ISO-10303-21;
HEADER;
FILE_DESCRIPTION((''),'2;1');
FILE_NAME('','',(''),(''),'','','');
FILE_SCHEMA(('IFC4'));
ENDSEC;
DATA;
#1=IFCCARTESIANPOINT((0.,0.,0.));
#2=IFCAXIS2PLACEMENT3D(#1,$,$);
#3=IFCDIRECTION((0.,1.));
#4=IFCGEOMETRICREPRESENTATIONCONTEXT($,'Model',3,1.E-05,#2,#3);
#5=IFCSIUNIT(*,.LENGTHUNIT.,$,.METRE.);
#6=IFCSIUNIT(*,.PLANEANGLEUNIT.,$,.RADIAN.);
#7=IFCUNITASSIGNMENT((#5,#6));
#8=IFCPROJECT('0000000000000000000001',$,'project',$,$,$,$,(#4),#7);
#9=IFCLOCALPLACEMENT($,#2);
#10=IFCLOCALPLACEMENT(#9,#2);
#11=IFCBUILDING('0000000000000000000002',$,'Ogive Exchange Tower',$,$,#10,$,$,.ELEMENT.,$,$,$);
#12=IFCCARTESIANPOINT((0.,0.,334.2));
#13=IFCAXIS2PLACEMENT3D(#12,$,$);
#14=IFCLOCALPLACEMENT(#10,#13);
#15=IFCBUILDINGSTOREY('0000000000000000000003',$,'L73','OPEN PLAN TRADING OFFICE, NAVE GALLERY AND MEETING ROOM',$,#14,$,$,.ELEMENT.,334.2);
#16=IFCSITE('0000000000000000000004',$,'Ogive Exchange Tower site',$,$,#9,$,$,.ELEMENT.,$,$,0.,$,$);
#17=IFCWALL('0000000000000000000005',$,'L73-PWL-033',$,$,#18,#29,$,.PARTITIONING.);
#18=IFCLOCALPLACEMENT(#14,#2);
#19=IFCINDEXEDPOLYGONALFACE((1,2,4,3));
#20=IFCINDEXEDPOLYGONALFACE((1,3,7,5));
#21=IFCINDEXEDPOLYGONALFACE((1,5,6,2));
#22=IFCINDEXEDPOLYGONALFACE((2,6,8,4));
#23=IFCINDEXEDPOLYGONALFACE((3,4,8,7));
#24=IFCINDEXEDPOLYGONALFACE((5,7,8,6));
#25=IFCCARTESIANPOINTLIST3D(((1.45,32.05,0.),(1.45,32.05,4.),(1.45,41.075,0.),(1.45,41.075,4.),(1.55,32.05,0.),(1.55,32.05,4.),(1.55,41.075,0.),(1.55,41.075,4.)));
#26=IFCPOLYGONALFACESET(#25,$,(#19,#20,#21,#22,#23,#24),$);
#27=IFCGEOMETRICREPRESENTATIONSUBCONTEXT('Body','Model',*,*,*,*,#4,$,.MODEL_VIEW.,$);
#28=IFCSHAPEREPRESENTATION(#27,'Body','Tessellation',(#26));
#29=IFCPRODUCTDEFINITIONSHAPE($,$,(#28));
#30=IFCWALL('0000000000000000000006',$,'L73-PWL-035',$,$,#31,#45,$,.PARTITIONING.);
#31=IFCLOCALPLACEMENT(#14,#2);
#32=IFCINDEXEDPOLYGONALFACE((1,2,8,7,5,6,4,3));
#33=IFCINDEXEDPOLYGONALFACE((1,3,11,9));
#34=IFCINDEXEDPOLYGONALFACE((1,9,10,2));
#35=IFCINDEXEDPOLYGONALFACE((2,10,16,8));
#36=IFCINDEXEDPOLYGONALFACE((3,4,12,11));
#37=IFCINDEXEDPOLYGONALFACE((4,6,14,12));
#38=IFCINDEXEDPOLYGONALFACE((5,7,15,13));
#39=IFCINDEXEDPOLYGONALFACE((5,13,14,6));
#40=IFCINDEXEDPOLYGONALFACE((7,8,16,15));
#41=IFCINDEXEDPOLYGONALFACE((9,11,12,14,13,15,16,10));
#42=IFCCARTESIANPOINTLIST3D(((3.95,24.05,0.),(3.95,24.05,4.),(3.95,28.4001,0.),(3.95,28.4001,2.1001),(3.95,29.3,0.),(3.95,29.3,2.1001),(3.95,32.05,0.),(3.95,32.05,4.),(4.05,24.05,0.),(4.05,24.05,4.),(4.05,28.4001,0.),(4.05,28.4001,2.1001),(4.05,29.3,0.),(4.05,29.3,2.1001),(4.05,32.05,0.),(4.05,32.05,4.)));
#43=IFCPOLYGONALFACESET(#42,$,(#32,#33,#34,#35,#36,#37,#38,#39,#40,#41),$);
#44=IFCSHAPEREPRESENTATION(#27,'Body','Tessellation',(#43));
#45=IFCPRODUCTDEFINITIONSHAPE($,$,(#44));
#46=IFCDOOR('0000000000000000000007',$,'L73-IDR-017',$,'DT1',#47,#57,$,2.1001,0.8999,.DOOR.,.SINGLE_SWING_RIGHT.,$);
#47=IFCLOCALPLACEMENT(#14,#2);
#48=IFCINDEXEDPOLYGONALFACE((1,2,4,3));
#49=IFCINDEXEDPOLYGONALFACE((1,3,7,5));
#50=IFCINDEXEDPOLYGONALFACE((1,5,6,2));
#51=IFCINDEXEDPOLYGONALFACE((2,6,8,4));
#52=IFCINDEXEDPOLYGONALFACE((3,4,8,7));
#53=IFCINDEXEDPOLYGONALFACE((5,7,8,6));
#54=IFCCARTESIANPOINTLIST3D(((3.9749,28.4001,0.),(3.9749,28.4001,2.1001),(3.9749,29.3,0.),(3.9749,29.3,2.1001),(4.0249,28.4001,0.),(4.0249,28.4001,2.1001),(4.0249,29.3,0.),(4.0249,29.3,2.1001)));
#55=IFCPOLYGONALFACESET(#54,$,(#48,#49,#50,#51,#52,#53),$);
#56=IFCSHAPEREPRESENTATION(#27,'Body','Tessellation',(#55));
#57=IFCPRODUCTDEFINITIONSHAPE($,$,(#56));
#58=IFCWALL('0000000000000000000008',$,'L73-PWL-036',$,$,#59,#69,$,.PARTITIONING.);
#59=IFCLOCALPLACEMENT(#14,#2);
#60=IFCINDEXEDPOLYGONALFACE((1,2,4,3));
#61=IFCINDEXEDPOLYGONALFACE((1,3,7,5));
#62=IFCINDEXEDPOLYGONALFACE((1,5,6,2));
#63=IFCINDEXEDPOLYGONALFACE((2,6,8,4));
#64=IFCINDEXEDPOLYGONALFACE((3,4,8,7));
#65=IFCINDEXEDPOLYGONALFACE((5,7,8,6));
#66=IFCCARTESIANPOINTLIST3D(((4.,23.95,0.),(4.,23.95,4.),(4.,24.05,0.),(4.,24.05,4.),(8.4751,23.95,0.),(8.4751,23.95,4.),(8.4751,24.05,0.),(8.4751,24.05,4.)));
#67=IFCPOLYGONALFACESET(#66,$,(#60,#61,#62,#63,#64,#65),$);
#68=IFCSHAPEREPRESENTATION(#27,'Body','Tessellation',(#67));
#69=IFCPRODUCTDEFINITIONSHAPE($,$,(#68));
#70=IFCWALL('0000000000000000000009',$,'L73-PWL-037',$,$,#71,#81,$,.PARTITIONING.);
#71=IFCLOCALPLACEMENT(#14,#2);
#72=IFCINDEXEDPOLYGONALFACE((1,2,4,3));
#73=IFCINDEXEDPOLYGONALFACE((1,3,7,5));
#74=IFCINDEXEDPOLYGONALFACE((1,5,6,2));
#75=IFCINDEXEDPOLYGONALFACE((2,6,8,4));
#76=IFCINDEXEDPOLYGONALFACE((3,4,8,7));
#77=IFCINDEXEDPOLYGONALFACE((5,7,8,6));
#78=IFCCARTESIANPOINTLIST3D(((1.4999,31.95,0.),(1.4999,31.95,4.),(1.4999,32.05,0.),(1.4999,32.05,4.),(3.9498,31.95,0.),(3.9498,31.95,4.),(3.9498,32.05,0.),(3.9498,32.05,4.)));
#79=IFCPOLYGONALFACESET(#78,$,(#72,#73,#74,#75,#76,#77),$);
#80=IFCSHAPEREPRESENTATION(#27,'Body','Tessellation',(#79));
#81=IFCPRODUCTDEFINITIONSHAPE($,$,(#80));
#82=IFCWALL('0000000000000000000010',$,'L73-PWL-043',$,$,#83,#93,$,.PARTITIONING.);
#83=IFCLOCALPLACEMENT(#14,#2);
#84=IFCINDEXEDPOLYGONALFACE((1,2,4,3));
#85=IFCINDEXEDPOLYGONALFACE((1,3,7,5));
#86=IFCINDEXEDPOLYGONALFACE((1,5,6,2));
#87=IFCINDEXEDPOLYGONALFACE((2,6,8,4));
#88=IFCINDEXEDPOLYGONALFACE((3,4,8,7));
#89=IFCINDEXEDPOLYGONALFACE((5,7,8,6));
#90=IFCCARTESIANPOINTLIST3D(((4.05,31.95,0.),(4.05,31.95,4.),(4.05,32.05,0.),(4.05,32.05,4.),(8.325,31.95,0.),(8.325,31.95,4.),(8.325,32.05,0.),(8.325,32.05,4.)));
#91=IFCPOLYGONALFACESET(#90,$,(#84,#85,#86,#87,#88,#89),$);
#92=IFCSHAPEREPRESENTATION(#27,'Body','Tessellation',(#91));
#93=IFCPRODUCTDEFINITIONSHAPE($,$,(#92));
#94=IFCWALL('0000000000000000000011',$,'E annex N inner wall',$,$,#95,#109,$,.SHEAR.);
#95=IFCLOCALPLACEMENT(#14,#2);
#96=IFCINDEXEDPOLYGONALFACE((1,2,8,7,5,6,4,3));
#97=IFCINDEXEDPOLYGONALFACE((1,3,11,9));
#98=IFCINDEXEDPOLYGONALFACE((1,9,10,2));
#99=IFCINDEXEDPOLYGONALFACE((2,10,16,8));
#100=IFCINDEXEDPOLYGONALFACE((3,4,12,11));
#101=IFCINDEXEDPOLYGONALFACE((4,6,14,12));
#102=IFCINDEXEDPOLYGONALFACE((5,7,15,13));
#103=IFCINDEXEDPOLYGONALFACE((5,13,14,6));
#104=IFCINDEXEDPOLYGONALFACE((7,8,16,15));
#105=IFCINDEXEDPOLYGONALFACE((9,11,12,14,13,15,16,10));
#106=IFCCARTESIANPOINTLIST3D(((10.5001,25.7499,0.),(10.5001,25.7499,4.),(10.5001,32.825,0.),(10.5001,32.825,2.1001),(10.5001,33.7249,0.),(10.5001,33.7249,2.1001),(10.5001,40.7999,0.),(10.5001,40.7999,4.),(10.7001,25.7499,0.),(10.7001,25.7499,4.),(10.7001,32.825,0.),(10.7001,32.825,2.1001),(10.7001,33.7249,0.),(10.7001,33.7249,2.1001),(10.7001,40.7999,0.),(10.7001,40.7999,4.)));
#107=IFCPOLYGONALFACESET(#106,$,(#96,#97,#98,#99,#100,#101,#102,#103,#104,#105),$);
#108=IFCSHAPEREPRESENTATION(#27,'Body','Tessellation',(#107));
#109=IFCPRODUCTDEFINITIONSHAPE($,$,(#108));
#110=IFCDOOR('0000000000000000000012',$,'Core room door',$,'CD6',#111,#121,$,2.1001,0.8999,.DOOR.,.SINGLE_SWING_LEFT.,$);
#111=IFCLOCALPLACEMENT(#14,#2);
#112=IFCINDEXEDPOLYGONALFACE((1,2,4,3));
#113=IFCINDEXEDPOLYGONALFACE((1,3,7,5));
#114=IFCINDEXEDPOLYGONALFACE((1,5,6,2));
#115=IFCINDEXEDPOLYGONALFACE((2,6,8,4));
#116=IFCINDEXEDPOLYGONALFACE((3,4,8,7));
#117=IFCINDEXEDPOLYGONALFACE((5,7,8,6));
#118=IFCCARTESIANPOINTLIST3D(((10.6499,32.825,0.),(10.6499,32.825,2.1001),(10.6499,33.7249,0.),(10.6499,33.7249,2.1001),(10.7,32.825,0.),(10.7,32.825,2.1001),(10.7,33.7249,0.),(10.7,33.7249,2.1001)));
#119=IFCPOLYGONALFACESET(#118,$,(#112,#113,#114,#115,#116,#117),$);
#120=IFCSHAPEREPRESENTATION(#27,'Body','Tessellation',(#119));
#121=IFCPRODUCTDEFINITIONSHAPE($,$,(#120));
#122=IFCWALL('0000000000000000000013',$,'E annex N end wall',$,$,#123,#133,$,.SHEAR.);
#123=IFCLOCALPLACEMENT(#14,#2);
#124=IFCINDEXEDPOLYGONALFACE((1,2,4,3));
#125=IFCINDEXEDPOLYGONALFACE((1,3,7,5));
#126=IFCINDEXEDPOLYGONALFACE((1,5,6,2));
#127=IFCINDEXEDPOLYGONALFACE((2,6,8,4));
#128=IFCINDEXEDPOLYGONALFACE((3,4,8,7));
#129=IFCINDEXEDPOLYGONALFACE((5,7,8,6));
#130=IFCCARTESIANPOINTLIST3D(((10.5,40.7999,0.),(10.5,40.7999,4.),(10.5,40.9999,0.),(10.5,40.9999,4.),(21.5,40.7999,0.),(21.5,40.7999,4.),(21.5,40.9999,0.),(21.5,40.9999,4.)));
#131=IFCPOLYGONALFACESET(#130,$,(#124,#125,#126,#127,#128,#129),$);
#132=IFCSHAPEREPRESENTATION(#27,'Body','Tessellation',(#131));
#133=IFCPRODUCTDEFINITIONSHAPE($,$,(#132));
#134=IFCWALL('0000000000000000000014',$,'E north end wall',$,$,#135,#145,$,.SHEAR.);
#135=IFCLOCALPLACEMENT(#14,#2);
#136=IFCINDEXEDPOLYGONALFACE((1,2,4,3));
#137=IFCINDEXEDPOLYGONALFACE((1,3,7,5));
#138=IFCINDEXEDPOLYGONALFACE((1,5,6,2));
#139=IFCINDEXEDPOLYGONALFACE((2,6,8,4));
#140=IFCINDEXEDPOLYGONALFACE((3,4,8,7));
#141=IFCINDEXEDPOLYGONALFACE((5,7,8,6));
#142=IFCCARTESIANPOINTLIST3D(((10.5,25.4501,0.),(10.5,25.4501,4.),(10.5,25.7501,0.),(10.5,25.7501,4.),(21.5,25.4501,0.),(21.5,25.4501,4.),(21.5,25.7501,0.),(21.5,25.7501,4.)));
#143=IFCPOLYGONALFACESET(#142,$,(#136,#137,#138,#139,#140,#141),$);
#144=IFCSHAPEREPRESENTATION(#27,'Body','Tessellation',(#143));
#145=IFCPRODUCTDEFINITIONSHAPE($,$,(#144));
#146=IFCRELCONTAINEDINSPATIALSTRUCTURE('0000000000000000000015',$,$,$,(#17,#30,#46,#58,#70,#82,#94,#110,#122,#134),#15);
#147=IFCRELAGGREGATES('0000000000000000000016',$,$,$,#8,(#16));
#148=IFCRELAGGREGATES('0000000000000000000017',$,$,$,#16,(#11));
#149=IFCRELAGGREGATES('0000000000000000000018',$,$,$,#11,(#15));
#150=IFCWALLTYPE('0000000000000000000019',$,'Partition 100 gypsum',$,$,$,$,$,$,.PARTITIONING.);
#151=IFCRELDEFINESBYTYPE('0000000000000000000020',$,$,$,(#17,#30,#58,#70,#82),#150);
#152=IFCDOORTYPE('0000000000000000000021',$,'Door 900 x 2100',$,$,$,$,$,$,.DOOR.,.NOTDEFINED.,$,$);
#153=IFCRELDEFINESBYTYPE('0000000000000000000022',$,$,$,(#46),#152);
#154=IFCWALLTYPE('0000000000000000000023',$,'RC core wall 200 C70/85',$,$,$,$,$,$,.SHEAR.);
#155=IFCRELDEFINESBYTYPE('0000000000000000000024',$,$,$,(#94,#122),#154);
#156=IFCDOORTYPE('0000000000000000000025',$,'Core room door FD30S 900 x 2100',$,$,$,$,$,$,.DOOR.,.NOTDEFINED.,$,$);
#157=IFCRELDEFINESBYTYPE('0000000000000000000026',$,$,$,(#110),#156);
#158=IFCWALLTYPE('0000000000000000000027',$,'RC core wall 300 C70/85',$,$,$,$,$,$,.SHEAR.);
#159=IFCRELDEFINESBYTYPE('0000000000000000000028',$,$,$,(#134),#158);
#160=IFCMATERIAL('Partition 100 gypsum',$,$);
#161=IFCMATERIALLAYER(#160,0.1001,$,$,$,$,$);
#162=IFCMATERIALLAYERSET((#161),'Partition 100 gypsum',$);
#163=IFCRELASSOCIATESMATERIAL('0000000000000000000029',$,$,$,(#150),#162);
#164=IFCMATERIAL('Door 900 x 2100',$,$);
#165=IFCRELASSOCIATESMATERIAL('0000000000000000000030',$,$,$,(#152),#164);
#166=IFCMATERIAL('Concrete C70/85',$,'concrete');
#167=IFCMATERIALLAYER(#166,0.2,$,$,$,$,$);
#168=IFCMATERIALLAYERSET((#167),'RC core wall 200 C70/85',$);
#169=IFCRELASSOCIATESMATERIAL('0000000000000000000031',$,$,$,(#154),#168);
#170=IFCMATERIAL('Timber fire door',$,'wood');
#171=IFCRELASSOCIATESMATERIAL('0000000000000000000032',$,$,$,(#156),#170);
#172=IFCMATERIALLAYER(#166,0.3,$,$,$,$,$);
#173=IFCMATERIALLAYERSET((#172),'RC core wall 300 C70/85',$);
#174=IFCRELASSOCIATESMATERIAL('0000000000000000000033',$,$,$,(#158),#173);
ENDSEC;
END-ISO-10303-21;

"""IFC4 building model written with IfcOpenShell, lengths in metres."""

from ifc_helpers import new_model, si_unit, direction, frame, frame_2d, origin, place, context, subcontext, project, spatial, rectangle, extrude, material, layer, layer_set, type_object, element, fill, save


model = new_model("IFC4")

# Units and contexts
model_context = context("Model", 3, precision=1e-05, world=origin(), true_north=direction((0.0, 1.0)))
body_context = subcontext(model_context, "Body", "Model", "MODEL_VIEW")
ifc_project = project(units=[si_unit("LENGTHUNIT", "METRE"), si_unit("PLANEANGLEUNIT", "RADIAN")], contexts=[model_context])

# Site, building, storey
site_placement = place(None, origin())
site = spatial("IfcSite", under=ifc_project, at=site_placement, Name="Ogive Exchange Tower site", CompositionType="ELEMENT", RefElevation=0.0)
building_placement = place(site_placement, origin())
building = spatial("IfcBuilding", under=site, at=building_placement, Name="Ogive Exchange Tower", CompositionType="ELEMENT")
storey_placement = place(building_placement, frame((0.0, 0.0, 334.2)))
storey = spatial("IfcBuildingStorey", under=building, at=storey_placement, Name="L73", Description="OPEN PLAN TRADING OFFICE, NAVE GALLERY AND MEETING ROOM", CompositionType="ELEMENT", Elevation=334.2)

# Wall
ifc_material_1 = material(Name="Partition 100 gypsum")
ifc_layer_1 = layer(ifc_material_1, 0.1001)
ifc_layer_set_1 = layer_set([ifc_layer_1], Name="Partition 100 gypsum")
wall_type_1 = type_object("IfcWallType", Name="Partition 100 gypsum", PredefinedType="PARTITIONING", material=ifc_layer_set_1)
wall_1_placement = place(storey_placement, frame((1.5, 32.05, 0.0), z_axis=(0.0, 0.0, 1.0), x_axis=(0.0, 1.0, 0.0)))
element("IfcWall", 1, at=wall_1_placement, inside=storey, type_object=wall_type_1, Name="L73-PWL-033", PredefinedType="PARTITIONING", context=body_context, shape_type="SweptSolid", body=[
    extrude(rectangle(XDim=9.0249, YDim=0.1001, at=frame_2d((4.5125, 0.0))), origin(), (0.0, 0.0, 1.0), 4.0),
])

# Wall, opening, door
wall_2_placement = place(storey_placement, frame((4.0, 24.05, 0.0), z_axis=(0.0, 0.0, 1.0), x_axis=(0.0, 1.0, 0.0)))
wall_2 = element("IfcWall", 2, at=wall_2_placement, inside=storey, type_object=wall_type_1, Name="L73-PWL-035", PredefinedType="PARTITIONING", context=body_context, shape_type="SweptSolid", body=[
    extrude(rectangle(XDim=8.0, YDim=0.1001, at=frame_2d((4.0, 0.0))), origin(), (0.0, 0.0, 1.0), 4.0),
])
opening_1_placement = place(wall_2_placement, frame((4.3501, 0.0, 0.0)))
opening_1 = element("IfcOpeningElement", 3, at=opening_1_placement, cuts=wall_2, PredefinedType="OPENING", context=body_context, shape_type="SweptSolid", body=[
    extrude(rectangle(XDim=0.8999, YDim=2.1001, at=frame_2d((0.45, 1.05))), frame((0.0, 0.0601, 0.0), z_axis=(0.0, -1.0, 0.0), x_axis=(1.0, 0.0, 0.0)), (0.0, 0.0, 1.0), 0.1201),
])
ifc_material_2 = material(Name="Door 900 x 2100")
door_type_1 = type_object("IfcDoorType", Name="Door 900 x 2100", OperationType="NOTDEFINED", PredefinedType="DOOR", material=ifc_material_2)
door_1_placement = place(opening_1_placement, frame((0.8999, 0.0, 0.0), z_axis=(0.0, 0.0, 1.0), x_axis=(-1.0, 0.0, 0.0)))
door_1 = element("IfcDoor", 4, at=door_1_placement, inside=storey, type_object=door_type_1, Name="L73-IDR-017", ObjectType="DT1", OperationType="SINGLE_SWING_RIGHT", OverallHeight=2.1001, OverallWidth=0.8999, PredefinedType="DOOR", context=body_context, shape_type="SweptSolid", body=[
    extrude(rectangle(XDim=0.8999, YDim=2.1001, at=frame_2d((0.45, 1.05))), frame((0.0, 0.0249, 0.0), z_axis=(0.0, -1.0, 0.0), x_axis=(1.0, 0.0, 0.0)), (0.0, 0.0, 1.0), 0.05),
])
fill(opening_1, door_1)

# Walls
wall_3_placement = place(storey_placement, frame((4.0, 24.0, 0.0), z_axis=(0.0, 0.0, 1.0), x_axis=(1.0, 0.0, 0.0)))
element("IfcWall", 5, at=wall_3_placement, inside=storey, type_object=wall_type_1, Name="L73-PWL-036", PredefinedType="PARTITIONING", context=body_context, shape_type="SweptSolid", body=[
    extrude(rectangle(XDim=4.4751, YDim=0.1001, at=frame_2d((2.2375, 0.0))), origin(), (0.0, 0.0, 1.0), 4.0),
])
wall_4_placement = place(storey_placement, frame((3.95, 32.0, 0.0), z_axis=(0.0, 0.0, 1.0), x_axis=(-1.0, 0.0, 0.0)))
element("IfcWall", 6, at=wall_4_placement, inside=storey, type_object=wall_type_1, Name="L73-PWL-037", PredefinedType="PARTITIONING", context=body_context, shape_type="SweptSolid", body=[
    extrude(rectangle(XDim=2.45, YDim=0.1001, at=frame_2d((1.2251, 0.0))), origin(), (0.0, 0.0, 1.0), 4.0),
])
wall_5_placement = place(storey_placement, frame((8.325, 32.0, 0.0), z_axis=(0.0, 0.0, 1.0), x_axis=(-1.0, 0.0, 0.0)))
element("IfcWall", 7, at=wall_5_placement, inside=storey, type_object=wall_type_1, Name="L73-PWL-043", PredefinedType="PARTITIONING", context=body_context, shape_type="SweptSolid", body=[
    extrude(rectangle(XDim=4.2749, YDim=0.1001, at=frame_2d((2.1375, 0.0))), origin(), (0.0, 0.0, 1.0), 4.0),
])

# Wall, opening, door
ifc_material_3 = material(Name="Concrete C70/85", Category="concrete")
ifc_layer_2 = layer(ifc_material_3, 0.2)
ifc_layer_set_2 = layer_set([ifc_layer_2], Name="RC core wall 200 C70/85")
wall_type_2 = type_object("IfcWallType", Name="RC core wall 200 C70/85", PredefinedType="SHEAR", material=ifc_layer_set_2)
wall_6_placement = place(storey_placement, frame((10.6001, 25.75, 0.0), z_axis=(0.0, 0.0, 1.0), x_axis=(0.0, 1.0, 0.0)))
wall_6 = element("IfcWall", 8, at=wall_6_placement, inside=storey, type_object=wall_type_2, Name="E annex N inner wall", PredefinedType="SHEAR", context=body_context, shape_type="SweptSolid", body=[
    extrude(rectangle(XDim=15.05, YDim=0.2, at=frame_2d((7.5249, 0.0))), origin(), (0.0, 0.0, 1.0), 4.0),
])
opening_2_placement = place(wall_6_placement, frame((7.075, 0.0, 0.0)))
opening_2 = element("IfcOpeningElement", 9, at=opening_2_placement, cuts=wall_6, PredefinedType="OPENING", context=body_context, shape_type="SweptSolid", body=[
    extrude(rectangle(XDim=0.8999, YDim=2.1001, at=frame_2d((0.45, 1.05))), frame((0.0, 0.1099, 0.0), z_axis=(0.0, -1.0, 0.0), x_axis=(1.0, 0.0, 0.0)), (0.0, 0.0, 1.0), 0.22),
])
ifc_material_4 = material(Name="Timber fire door", Category="wood")
door_type_2 = type_object("IfcDoorType", Name="Core room door FD30S 900 x 2100", OperationType="NOTDEFINED", PredefinedType="DOOR", material=ifc_material_4)
door_2_placement = place(opening_2_placement, origin())
door_2 = element("IfcDoor", 10, at=door_2_placement, inside=storey, type_object=door_type_2, Name="Core room door", ObjectType="CD6", OperationType="SINGLE_SWING_LEFT", OverallHeight=2.1001, OverallWidth=0.8999, PredefinedType="DOOR", context=body_context, shape_type="SweptSolid", body=[
    extrude(rectangle(XDim=0.8999, YDim=2.1001, at=frame_2d((0.45, 1.05))), frame((0.0, -0.0498, 0.0), z_axis=(0.0, -1.0, 0.0), x_axis=(1.0, 0.0, 0.0)), (0.0, 0.0, 1.0), 0.05),
])
fill(opening_2, door_2)

# Walls
wall_7_placement = place(storey_placement, frame((10.5, 40.8999, 0.0), z_axis=(0.0, 0.0, 1.0), x_axis=(1.0, 0.0, 0.0)))
element("IfcWall", 11, at=wall_7_placement, inside=storey, type_object=wall_type_2, Name="E annex N end wall", PredefinedType="SHEAR", context=body_context, shape_type="SweptSolid", body=[
    extrude(rectangle(XDim=11.0, YDim=0.2, at=frame_2d((5.5, 0.0))), origin(), (0.0, 0.0, 1.0), 4.0),
])
ifc_layer_3 = layer(ifc_material_3, 0.3)
ifc_layer_set_3 = layer_set([ifc_layer_3], Name="RC core wall 300 C70/85")
wall_type_3 = type_object("IfcWallType", Name="RC core wall 300 C70/85", PredefinedType="SHEAR", material=ifc_layer_set_3)
wall_8_placement = place(storey_placement, frame((10.5, 25.6001, 0.0), z_axis=(0.0, 0.0, 1.0), x_axis=(1.0, 0.0, 0.0)))
element("IfcWall", 12, at=wall_8_placement, inside=storey, type_object=wall_type_3, Name="E north end wall", PredefinedType="SHEAR", context=body_context, shape_type="SweptSolid", body=[
    extrude(rectangle(XDim=11.0, YDim=0.3, at=frame_2d((5.5, 0.0))), origin(), (0.0, 0.0, 1.0), 4.0),
])

save(model, "model.ifc")
